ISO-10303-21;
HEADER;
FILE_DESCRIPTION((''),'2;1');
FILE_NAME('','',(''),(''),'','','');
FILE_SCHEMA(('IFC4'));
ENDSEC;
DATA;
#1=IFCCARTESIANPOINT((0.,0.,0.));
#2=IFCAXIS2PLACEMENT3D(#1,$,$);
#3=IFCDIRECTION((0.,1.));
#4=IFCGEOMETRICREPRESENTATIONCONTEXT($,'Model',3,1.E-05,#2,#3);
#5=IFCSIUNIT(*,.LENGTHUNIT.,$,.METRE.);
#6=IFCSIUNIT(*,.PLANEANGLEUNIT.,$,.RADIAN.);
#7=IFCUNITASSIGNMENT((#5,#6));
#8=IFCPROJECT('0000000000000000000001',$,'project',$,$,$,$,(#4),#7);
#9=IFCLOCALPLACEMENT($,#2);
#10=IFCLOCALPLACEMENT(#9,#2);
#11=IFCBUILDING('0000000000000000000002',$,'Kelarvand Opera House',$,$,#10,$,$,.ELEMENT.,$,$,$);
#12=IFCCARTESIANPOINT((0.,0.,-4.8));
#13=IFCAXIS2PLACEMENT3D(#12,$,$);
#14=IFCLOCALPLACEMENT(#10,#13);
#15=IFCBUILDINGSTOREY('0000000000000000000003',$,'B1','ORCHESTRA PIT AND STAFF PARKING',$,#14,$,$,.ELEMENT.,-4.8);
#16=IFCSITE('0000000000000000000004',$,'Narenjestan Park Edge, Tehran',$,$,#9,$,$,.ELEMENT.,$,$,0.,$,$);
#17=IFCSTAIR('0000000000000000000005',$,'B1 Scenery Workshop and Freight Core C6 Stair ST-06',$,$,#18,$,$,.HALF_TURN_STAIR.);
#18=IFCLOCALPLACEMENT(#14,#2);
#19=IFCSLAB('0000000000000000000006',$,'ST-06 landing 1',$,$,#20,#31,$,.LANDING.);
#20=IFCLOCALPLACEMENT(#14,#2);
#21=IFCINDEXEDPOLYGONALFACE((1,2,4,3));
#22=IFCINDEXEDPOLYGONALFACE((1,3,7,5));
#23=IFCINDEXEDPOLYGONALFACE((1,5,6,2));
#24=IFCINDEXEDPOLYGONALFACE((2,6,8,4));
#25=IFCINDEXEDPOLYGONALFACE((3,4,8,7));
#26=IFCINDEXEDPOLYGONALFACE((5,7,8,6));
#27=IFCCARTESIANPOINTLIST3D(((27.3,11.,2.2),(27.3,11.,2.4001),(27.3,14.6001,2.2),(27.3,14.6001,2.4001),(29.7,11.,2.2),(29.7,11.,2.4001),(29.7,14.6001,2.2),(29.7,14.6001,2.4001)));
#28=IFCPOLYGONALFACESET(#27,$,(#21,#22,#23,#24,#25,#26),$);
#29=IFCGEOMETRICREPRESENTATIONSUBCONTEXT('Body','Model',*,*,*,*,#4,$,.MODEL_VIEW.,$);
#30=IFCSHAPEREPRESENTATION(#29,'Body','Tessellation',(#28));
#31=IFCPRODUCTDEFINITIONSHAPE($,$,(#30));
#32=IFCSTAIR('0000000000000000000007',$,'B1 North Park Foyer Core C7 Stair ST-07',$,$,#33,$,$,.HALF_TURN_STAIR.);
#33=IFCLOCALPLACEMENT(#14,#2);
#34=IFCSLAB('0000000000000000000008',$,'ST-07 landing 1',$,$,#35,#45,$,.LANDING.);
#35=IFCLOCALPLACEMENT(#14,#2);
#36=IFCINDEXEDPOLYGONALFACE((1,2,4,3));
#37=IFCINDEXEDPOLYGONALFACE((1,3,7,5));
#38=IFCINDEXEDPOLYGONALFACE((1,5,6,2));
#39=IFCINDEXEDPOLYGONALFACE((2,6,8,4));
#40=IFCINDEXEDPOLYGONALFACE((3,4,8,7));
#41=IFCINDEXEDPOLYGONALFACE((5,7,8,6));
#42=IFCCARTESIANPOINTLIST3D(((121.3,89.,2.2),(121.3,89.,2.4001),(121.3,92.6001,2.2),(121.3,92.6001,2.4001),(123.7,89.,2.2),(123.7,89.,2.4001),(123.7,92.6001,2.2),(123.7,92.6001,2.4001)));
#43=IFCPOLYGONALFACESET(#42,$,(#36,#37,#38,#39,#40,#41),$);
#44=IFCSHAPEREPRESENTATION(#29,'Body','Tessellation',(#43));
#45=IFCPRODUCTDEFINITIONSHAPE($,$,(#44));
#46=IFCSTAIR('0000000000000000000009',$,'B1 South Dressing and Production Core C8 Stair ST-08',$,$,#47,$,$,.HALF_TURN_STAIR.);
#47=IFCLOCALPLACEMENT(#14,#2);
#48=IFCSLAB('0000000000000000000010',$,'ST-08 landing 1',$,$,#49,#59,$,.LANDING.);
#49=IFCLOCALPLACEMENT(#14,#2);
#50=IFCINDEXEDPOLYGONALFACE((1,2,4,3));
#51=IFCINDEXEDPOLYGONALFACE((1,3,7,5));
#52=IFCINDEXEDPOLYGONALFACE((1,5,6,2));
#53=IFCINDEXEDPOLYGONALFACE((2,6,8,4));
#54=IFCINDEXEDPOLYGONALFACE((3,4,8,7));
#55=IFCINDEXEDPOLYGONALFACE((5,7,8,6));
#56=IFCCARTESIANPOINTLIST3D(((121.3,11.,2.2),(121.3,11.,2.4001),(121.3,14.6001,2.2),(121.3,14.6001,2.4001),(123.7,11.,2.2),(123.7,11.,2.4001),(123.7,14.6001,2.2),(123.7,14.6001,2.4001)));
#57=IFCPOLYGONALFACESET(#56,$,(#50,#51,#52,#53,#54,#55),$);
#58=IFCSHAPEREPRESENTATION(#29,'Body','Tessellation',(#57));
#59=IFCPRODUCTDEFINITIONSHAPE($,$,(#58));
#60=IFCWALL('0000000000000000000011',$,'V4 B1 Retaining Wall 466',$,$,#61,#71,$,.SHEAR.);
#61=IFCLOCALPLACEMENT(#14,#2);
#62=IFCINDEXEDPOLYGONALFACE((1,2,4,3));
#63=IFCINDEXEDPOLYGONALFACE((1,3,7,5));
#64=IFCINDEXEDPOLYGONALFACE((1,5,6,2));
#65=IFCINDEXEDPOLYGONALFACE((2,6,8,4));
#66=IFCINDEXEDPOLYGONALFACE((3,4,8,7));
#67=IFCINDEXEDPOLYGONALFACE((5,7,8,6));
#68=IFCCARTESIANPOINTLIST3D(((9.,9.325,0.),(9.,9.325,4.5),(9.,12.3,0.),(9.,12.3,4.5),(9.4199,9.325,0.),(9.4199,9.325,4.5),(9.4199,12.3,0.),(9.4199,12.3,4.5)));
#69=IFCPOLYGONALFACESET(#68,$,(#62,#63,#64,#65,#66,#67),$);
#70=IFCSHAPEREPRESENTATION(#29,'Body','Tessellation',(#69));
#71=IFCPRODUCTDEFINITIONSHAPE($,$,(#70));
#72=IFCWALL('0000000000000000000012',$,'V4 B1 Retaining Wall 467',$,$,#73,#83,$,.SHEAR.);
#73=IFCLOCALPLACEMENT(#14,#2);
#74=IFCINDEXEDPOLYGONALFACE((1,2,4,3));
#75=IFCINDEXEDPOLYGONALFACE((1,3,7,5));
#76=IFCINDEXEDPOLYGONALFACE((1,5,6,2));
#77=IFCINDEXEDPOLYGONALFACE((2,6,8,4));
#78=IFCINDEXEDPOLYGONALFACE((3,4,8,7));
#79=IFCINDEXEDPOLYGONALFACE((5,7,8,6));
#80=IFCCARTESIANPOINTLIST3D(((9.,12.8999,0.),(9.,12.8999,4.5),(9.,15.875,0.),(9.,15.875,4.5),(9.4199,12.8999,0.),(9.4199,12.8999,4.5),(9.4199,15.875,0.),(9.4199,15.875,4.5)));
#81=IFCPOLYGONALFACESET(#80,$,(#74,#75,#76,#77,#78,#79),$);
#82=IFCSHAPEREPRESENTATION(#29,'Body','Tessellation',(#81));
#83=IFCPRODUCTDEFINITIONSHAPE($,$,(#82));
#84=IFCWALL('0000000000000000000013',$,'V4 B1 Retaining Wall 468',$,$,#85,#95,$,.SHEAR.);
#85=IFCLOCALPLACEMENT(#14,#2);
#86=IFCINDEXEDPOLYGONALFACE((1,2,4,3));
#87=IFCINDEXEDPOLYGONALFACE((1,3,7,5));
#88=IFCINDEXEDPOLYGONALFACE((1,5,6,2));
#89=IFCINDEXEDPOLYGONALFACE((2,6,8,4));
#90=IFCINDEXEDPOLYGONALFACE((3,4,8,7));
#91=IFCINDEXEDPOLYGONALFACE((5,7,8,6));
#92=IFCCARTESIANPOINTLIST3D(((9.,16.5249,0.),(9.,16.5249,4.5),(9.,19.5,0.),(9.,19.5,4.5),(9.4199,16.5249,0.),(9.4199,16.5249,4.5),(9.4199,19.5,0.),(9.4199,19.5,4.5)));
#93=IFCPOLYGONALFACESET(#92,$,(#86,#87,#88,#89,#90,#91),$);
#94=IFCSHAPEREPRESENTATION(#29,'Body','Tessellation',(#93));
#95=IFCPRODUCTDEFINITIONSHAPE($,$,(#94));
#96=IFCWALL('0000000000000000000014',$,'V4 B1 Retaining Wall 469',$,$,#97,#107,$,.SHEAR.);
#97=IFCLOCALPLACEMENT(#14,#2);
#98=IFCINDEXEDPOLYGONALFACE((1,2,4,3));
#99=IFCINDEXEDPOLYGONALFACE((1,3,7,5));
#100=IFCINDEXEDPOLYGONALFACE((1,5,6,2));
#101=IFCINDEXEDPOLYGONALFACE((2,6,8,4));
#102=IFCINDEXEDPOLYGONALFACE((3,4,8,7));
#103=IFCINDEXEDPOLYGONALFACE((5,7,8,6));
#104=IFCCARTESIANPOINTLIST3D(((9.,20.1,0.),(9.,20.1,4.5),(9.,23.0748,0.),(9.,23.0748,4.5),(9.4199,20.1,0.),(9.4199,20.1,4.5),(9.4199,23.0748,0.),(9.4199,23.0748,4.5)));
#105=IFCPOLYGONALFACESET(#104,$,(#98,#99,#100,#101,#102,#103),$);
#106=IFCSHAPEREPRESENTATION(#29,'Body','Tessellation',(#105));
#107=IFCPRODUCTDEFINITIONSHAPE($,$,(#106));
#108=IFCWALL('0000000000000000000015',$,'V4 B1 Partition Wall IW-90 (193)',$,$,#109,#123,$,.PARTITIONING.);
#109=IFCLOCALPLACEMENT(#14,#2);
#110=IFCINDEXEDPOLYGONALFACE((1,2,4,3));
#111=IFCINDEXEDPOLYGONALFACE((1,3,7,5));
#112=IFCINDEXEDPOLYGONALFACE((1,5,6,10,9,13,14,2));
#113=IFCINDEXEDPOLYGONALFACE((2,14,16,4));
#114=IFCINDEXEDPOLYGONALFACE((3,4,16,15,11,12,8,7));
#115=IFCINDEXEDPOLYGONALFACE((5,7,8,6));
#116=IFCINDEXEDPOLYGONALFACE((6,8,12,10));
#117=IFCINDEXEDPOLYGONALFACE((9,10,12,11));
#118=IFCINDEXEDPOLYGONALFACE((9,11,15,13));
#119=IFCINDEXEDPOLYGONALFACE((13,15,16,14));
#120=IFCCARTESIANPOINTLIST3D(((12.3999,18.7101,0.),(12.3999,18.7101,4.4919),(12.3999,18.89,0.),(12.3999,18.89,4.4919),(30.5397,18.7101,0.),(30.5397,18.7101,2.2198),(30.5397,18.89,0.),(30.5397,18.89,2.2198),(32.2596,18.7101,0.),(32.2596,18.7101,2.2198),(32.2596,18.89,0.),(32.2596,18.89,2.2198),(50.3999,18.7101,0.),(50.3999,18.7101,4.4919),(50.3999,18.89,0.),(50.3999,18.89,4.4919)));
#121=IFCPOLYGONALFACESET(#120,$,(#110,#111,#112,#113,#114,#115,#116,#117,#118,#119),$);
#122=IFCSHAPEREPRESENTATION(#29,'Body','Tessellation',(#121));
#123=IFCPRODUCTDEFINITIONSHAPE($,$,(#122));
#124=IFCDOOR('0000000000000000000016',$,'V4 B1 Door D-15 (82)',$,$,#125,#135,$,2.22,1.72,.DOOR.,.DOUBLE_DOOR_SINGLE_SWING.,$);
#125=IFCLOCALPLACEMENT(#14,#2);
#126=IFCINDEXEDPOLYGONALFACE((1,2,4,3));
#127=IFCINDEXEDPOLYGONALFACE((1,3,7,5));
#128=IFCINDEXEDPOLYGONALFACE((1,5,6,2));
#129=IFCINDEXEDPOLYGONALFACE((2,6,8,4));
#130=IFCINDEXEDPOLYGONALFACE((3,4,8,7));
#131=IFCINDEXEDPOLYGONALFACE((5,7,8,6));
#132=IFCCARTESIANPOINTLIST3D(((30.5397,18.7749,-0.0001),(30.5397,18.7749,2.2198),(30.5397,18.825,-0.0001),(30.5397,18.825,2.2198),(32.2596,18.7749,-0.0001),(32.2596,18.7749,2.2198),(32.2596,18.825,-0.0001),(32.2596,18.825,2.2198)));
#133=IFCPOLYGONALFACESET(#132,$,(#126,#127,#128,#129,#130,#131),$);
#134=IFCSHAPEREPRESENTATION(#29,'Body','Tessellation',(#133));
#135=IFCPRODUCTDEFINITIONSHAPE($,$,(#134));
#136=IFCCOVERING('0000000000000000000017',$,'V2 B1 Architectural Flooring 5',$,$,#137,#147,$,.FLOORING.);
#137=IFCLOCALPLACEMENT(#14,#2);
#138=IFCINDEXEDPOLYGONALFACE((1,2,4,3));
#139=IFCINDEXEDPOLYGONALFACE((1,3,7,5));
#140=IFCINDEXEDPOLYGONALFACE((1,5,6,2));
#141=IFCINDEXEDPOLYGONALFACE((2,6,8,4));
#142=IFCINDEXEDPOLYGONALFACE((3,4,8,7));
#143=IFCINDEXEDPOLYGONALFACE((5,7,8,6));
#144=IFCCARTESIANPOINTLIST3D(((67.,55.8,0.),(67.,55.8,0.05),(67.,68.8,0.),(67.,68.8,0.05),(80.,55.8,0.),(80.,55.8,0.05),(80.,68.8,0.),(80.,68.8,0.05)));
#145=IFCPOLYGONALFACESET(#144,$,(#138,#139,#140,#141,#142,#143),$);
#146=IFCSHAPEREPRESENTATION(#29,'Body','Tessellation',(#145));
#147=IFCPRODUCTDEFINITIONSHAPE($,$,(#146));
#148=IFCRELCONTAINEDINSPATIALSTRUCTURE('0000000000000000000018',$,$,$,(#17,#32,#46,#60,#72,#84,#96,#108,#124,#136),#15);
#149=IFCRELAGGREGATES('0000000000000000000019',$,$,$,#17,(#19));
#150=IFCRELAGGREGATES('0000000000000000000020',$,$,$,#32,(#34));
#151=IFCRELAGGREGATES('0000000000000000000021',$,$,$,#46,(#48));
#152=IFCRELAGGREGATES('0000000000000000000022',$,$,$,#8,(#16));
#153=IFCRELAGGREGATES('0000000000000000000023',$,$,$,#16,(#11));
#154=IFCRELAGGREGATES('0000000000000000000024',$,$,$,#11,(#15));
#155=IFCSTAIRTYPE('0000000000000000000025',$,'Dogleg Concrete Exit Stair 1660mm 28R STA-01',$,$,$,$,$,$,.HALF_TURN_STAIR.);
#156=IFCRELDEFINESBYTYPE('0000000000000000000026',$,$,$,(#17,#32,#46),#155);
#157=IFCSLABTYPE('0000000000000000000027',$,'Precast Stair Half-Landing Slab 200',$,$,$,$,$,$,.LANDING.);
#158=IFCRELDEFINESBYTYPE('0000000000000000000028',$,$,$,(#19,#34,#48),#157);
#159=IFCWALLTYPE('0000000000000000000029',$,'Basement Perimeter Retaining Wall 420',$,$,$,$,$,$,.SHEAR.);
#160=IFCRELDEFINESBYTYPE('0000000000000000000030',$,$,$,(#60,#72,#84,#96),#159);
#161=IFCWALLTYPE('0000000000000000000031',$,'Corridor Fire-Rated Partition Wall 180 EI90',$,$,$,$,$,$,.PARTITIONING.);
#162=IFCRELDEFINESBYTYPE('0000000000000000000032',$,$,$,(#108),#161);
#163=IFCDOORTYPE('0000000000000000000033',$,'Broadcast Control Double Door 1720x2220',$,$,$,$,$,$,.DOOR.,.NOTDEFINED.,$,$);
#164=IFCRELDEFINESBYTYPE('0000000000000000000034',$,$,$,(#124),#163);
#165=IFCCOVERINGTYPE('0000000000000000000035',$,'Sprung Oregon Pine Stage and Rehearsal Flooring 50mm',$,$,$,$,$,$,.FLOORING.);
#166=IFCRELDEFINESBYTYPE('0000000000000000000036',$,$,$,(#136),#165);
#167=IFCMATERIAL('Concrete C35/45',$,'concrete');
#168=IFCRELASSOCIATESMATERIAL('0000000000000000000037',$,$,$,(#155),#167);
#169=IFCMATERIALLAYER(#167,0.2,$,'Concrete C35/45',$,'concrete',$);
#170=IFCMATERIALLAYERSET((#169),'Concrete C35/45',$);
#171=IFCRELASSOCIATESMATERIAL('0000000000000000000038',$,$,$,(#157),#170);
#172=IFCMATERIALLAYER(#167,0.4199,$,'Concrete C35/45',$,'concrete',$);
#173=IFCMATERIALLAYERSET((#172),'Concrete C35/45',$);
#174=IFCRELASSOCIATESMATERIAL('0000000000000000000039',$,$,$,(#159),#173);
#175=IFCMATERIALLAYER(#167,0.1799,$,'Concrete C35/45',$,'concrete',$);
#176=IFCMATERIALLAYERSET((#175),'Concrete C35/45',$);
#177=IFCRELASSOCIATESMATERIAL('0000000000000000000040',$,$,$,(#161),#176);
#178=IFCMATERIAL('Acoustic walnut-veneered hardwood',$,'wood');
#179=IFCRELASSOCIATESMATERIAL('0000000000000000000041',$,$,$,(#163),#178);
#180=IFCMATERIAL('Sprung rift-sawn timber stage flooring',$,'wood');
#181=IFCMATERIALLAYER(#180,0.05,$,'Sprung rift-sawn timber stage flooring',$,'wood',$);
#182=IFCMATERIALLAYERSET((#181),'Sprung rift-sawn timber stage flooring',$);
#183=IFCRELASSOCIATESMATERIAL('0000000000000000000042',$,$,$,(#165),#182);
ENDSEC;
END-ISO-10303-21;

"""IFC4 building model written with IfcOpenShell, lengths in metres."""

from ifc_helpers import new_model, si_unit, direction, frame, frame_2d, origin, place, context, subcontext, project, spatial, polyline, rectangle, outline, extrude, material, layer, layer_set, type_object, element, fill, aggregate, save


model = new_model("IFC4")

# Units and contexts
model_context = context("Model", 3, precision=1e-05, world=origin(), true_north=direction((0.0, 1.0)))
body_context = subcontext(model_context, "Body", "Model", "MODEL_VIEW")
ifc_project = project(units=[si_unit("LENGTHUNIT", "METRE"), si_unit("PLANEANGLEUNIT", "RADIAN")], contexts=[model_context])

# Site, building, storey
site_placement = place(None, origin())
site = spatial("IfcSite", under=ifc_project, at=site_placement, Name="Narenjestan Park Edge, Tehran", CompositionType="ELEMENT", RefElevation=0.0)
building_placement = place(site_placement, origin())
building = spatial("IfcBuilding", under=site, at=building_placement, Name="Kelarvand Opera House", CompositionType="ELEMENT")
storey_placement = place(building_placement, frame((0.0, 0.0, -4.8)))
storey = spatial("IfcBuildingStorey", under=building, at=storey_placement, Name="B1", Description="ORCHESTRA PIT AND STAFF PARKING", CompositionType="ELEMENT", Elevation=-4.8)

# Stairs, slabs
ifc_material_1 = material(Name="Concrete C35/45", Category="concrete")
stair_type = type_object("IfcStairType", Name="Dogleg Concrete Exit Stair 1660mm 28R STA-01", PredefinedType="HALF_TURN_STAIR", material=ifc_material_1)
ifc_layer_1 = layer(ifc_material_1, 0.2, Name="Concrete C35/45", Category="concrete")
ifc_layer_set_1 = layer_set([ifc_layer_1], Name="Concrete C35/45")
slab_type = type_object("IfcSlabType", Name="Precast Stair Half-Landing Slab 200", PredefinedType="LANDING", material=ifc_layer_set_1)
stair_1_placement = place(storey_placement, origin())
stair_1 = element("IfcStair", 1, at=stair_1_placement, inside=storey, type_object=stair_type, Name="B1 Scenery Workshop and Freight Core C6 Stair ST-06", PredefinedType="HALF_TURN_STAIR")
slab_1_placement = place(storey_placement, frame((0.0, 0.0, 2.2)))
slab_1 = element("IfcSlab", 2, at=slab_1_placement, type_object=slab_type, Name="ST-06 landing 1", PredefinedType="LANDING", context=body_context, shape_type="SweptSolid", body=[
    extrude(outline(polyline([(27.3, 11.0), (29.7, 11.0), (29.7, 14.6001), (27.3, 14.6001), (27.3, 11.0)])), origin(), (0.0, 0.0, 1.0), 0.2002),
])
aggregate(stair_1, [slab_1])
stair_2_placement = place(storey_placement, origin())
stair_2 = element("IfcStair", 3, at=stair_2_placement, inside=storey, type_object=stair_type, Name="B1 North Park Foyer Core C7 Stair ST-07", PredefinedType="HALF_TURN_STAIR")
slab_2_placement = place(storey_placement, frame((0.0, 0.0, 2.2)))
slab_2 = element("IfcSlab", 4, at=slab_2_placement, type_object=slab_type, Name="ST-07 landing 1", PredefinedType="LANDING", context=body_context, shape_type="SweptSolid", body=[
    extrude(outline(polyline([(121.3, 89.0), (123.7, 89.0), (123.7, 92.6001), (121.3, 92.6001), (121.3, 89.0)])), origin(), (0.0, 0.0, 1.0), 0.2002),
])
aggregate(stair_2, [slab_2])
stair_3_placement = place(storey_placement, origin())
stair_3 = element("IfcStair", 5, at=stair_3_placement, inside=storey, type_object=stair_type, Name="B1 South Dressing and Production Core C8 Stair ST-08", PredefinedType="HALF_TURN_STAIR")
slab_3_placement = place(storey_placement, frame((0.0, 0.0, 2.2)))
slab_3 = element("IfcSlab", 6, at=slab_3_placement, type_object=slab_type, Name="ST-08 landing 1", PredefinedType="LANDING", context=body_context, shape_type="SweptSolid", body=[
    extrude(outline(polyline([(121.3, 11.0), (123.7, 11.0), (123.7, 14.6001), (121.3, 14.6001), (121.3, 11.0)])), origin(), (0.0, 0.0, 1.0), 0.2002),
])
aggregate(stair_3, [slab_3])

# Walls
ifc_layer_2 = layer(ifc_material_1, 0.4199, Name="Concrete C35/45", Category="concrete")
ifc_layer_set_2 = layer_set([ifc_layer_2], Name="Concrete C35/45")
wall_type_1 = type_object("IfcWallType", Name="Basement Perimeter Retaining Wall 420", PredefinedType="SHEAR", material=ifc_layer_set_2)
for number, where, z_axis, x_axis, name in (
    (7, (9.21, 9.325, 0.0), (0.0, 0.0, 1.0), (0.0, 1.0, 0.0), "V4 B1 Retaining Wall 466"),
    (8, (9.21, 12.8999, 0.0), (0.0, 0.0, 1.0), (0.0, 1.0, 0.0), "V4 B1 Retaining Wall 467"),
    (9, (9.21, 16.5249, 0.0), (0.0, 0.0, 1.0), (0.0, 1.0, 0.0), "V4 B1 Retaining Wall 468"),
):
    element("IfcWall", number, at=place(storey_placement, frame(where, z_axis=z_axis, x_axis=x_axis)), inside=storey, type_object=wall_type_1, Name=name, PredefinedType="SHEAR", context=body_context, shape_type="SweptSolid", body=[
        extrude(rectangle(XDim=2.9751, YDim=0.4199, at=frame_2d((1.4875, 0.0))), origin(), (0.0, 0.0, 1.0), 4.5),
    ])
wall_1_placement = place(storey_placement, frame((9.21, 20.1001, 0.0), z_axis=(0.0, 0.0, 1.0), x_axis=(0.0, 1.0, 0.0)))
element("IfcWall", 10, at=wall_1_placement, inside=storey, type_object=wall_type_1, Name="V4 B1 Retaining Wall 469", PredefinedType="SHEAR", context=body_context, shape_type="SweptSolid", body=[
    extrude(rectangle(XDim=2.9749, YDim=0.4199, at=frame_2d((1.4873, 0.0))), origin(), (0.0, 0.0, 1.0), 4.5),
])

# Wall, opening, door
ifc_layer_3 = layer(ifc_material_1, 0.1799, Name="Concrete C35/45", Category="concrete")
ifc_layer_set_3 = layer_set([ifc_layer_3], Name="Concrete C35/45")
wall_type_2 = type_object("IfcWallType", Name="Corridor Fire-Rated Partition Wall 180 EI90", PredefinedType="PARTITIONING", material=ifc_layer_set_3)
wall_2_placement = place(storey_placement, frame((12.3999, 18.8, 0.0), z_axis=(0.0, 0.0, 1.0), x_axis=(1.0, 0.0, 0.0)))
wall_2 = element("IfcWall", 11, at=wall_2_placement, inside=storey, type_object=wall_type_2, Name="V4 B1 Partition Wall IW-90 (193)", PredefinedType="PARTITIONING", context=body_context, shape_type="SweptSolid", body=[
    extrude(rectangle(XDim=38.0, YDim=0.1799, at=frame_2d((19.0, 0.0))), origin(), (0.0, 0.0, 1.0), 4.4919),
])
opening_placement = place(wall_2_placement, frame((18.1399, 0.0, 0.0)))
opening = element("IfcOpeningElement", 12, at=opening_placement, cuts=wall_2, PredefinedType="OPENING", context=body_context, shape_type="SweptSolid", body=[
    extrude(rectangle(XDim=1.72, YDim=2.22, at=frame_2d((0.8599, 1.1099))), frame((0.0, 0.1001, 0.0), z_axis=(0.0, -1.0, 0.0), x_axis=(1.0, 0.0, 0.0)), (0.0, 0.0, 1.0), 0.2),
])
ifc_material_2 = material(Name="Acoustic walnut-veneered hardwood", Category="wood")
door_type = type_object("IfcDoorType", Name="Broadcast Control Double Door 1720x2220", OperationType="NOTDEFINED", PredefinedType="DOOR", material=ifc_material_2)
door_placement = place(opening_placement, origin())
door = element("IfcDoor", 13, at=door_placement, inside=storey, type_object=door_type, Name="V4 B1 Door D-15 (82)", OperationType="DOUBLE_DOOR_SINGLE_SWING", OverallHeight=2.22, OverallWidth=1.72, PredefinedType="DOOR", context=body_context, shape_type="SweptSolid", body=[
    extrude(rectangle(XDim=1.72, YDim=2.22, at=frame_2d((0.8599, 1.1099))), frame((0.0, 0.0249, 0.0), z_axis=(0.0, -1.0, 0.0), x_axis=(1.0, 0.0, 0.0)), (0.0, 0.0, 1.0), 0.05),
])
fill(opening, door)

# Covering
ifc_material_3 = material(Name="Sprung rift-sawn timber stage flooring", Category="wood")
ifc_layer_4 = layer(ifc_material_3, 0.05, Name="Sprung rift-sawn timber stage flooring", Category="wood")
ifc_layer_set_4 = layer_set([ifc_layer_4], Name="Sprung rift-sawn timber stage flooring")
covering_type = type_object("IfcCoveringType", Name="Sprung Oregon Pine Stage and Rehearsal Flooring 50mm", PredefinedType="FLOORING", material=ifc_layer_set_4)
covering_placement = place(storey_placement, origin())
element("IfcCovering", 14, at=covering_placement, inside=storey, type_object=covering_type, Name="V2 B1 Architectural Flooring 5", PredefinedType="FLOORING", context=body_context, shape_type="SweptSolid", body=[
    extrude(outline(polyline([(67.0, 55.8), (80.0, 55.8), (80.0, 68.8), (67.0, 68.8), (67.0, 55.8)])), origin(), (0.0, 0.0, 1.0), 0.05),
])

save(model, "model.ifc")
